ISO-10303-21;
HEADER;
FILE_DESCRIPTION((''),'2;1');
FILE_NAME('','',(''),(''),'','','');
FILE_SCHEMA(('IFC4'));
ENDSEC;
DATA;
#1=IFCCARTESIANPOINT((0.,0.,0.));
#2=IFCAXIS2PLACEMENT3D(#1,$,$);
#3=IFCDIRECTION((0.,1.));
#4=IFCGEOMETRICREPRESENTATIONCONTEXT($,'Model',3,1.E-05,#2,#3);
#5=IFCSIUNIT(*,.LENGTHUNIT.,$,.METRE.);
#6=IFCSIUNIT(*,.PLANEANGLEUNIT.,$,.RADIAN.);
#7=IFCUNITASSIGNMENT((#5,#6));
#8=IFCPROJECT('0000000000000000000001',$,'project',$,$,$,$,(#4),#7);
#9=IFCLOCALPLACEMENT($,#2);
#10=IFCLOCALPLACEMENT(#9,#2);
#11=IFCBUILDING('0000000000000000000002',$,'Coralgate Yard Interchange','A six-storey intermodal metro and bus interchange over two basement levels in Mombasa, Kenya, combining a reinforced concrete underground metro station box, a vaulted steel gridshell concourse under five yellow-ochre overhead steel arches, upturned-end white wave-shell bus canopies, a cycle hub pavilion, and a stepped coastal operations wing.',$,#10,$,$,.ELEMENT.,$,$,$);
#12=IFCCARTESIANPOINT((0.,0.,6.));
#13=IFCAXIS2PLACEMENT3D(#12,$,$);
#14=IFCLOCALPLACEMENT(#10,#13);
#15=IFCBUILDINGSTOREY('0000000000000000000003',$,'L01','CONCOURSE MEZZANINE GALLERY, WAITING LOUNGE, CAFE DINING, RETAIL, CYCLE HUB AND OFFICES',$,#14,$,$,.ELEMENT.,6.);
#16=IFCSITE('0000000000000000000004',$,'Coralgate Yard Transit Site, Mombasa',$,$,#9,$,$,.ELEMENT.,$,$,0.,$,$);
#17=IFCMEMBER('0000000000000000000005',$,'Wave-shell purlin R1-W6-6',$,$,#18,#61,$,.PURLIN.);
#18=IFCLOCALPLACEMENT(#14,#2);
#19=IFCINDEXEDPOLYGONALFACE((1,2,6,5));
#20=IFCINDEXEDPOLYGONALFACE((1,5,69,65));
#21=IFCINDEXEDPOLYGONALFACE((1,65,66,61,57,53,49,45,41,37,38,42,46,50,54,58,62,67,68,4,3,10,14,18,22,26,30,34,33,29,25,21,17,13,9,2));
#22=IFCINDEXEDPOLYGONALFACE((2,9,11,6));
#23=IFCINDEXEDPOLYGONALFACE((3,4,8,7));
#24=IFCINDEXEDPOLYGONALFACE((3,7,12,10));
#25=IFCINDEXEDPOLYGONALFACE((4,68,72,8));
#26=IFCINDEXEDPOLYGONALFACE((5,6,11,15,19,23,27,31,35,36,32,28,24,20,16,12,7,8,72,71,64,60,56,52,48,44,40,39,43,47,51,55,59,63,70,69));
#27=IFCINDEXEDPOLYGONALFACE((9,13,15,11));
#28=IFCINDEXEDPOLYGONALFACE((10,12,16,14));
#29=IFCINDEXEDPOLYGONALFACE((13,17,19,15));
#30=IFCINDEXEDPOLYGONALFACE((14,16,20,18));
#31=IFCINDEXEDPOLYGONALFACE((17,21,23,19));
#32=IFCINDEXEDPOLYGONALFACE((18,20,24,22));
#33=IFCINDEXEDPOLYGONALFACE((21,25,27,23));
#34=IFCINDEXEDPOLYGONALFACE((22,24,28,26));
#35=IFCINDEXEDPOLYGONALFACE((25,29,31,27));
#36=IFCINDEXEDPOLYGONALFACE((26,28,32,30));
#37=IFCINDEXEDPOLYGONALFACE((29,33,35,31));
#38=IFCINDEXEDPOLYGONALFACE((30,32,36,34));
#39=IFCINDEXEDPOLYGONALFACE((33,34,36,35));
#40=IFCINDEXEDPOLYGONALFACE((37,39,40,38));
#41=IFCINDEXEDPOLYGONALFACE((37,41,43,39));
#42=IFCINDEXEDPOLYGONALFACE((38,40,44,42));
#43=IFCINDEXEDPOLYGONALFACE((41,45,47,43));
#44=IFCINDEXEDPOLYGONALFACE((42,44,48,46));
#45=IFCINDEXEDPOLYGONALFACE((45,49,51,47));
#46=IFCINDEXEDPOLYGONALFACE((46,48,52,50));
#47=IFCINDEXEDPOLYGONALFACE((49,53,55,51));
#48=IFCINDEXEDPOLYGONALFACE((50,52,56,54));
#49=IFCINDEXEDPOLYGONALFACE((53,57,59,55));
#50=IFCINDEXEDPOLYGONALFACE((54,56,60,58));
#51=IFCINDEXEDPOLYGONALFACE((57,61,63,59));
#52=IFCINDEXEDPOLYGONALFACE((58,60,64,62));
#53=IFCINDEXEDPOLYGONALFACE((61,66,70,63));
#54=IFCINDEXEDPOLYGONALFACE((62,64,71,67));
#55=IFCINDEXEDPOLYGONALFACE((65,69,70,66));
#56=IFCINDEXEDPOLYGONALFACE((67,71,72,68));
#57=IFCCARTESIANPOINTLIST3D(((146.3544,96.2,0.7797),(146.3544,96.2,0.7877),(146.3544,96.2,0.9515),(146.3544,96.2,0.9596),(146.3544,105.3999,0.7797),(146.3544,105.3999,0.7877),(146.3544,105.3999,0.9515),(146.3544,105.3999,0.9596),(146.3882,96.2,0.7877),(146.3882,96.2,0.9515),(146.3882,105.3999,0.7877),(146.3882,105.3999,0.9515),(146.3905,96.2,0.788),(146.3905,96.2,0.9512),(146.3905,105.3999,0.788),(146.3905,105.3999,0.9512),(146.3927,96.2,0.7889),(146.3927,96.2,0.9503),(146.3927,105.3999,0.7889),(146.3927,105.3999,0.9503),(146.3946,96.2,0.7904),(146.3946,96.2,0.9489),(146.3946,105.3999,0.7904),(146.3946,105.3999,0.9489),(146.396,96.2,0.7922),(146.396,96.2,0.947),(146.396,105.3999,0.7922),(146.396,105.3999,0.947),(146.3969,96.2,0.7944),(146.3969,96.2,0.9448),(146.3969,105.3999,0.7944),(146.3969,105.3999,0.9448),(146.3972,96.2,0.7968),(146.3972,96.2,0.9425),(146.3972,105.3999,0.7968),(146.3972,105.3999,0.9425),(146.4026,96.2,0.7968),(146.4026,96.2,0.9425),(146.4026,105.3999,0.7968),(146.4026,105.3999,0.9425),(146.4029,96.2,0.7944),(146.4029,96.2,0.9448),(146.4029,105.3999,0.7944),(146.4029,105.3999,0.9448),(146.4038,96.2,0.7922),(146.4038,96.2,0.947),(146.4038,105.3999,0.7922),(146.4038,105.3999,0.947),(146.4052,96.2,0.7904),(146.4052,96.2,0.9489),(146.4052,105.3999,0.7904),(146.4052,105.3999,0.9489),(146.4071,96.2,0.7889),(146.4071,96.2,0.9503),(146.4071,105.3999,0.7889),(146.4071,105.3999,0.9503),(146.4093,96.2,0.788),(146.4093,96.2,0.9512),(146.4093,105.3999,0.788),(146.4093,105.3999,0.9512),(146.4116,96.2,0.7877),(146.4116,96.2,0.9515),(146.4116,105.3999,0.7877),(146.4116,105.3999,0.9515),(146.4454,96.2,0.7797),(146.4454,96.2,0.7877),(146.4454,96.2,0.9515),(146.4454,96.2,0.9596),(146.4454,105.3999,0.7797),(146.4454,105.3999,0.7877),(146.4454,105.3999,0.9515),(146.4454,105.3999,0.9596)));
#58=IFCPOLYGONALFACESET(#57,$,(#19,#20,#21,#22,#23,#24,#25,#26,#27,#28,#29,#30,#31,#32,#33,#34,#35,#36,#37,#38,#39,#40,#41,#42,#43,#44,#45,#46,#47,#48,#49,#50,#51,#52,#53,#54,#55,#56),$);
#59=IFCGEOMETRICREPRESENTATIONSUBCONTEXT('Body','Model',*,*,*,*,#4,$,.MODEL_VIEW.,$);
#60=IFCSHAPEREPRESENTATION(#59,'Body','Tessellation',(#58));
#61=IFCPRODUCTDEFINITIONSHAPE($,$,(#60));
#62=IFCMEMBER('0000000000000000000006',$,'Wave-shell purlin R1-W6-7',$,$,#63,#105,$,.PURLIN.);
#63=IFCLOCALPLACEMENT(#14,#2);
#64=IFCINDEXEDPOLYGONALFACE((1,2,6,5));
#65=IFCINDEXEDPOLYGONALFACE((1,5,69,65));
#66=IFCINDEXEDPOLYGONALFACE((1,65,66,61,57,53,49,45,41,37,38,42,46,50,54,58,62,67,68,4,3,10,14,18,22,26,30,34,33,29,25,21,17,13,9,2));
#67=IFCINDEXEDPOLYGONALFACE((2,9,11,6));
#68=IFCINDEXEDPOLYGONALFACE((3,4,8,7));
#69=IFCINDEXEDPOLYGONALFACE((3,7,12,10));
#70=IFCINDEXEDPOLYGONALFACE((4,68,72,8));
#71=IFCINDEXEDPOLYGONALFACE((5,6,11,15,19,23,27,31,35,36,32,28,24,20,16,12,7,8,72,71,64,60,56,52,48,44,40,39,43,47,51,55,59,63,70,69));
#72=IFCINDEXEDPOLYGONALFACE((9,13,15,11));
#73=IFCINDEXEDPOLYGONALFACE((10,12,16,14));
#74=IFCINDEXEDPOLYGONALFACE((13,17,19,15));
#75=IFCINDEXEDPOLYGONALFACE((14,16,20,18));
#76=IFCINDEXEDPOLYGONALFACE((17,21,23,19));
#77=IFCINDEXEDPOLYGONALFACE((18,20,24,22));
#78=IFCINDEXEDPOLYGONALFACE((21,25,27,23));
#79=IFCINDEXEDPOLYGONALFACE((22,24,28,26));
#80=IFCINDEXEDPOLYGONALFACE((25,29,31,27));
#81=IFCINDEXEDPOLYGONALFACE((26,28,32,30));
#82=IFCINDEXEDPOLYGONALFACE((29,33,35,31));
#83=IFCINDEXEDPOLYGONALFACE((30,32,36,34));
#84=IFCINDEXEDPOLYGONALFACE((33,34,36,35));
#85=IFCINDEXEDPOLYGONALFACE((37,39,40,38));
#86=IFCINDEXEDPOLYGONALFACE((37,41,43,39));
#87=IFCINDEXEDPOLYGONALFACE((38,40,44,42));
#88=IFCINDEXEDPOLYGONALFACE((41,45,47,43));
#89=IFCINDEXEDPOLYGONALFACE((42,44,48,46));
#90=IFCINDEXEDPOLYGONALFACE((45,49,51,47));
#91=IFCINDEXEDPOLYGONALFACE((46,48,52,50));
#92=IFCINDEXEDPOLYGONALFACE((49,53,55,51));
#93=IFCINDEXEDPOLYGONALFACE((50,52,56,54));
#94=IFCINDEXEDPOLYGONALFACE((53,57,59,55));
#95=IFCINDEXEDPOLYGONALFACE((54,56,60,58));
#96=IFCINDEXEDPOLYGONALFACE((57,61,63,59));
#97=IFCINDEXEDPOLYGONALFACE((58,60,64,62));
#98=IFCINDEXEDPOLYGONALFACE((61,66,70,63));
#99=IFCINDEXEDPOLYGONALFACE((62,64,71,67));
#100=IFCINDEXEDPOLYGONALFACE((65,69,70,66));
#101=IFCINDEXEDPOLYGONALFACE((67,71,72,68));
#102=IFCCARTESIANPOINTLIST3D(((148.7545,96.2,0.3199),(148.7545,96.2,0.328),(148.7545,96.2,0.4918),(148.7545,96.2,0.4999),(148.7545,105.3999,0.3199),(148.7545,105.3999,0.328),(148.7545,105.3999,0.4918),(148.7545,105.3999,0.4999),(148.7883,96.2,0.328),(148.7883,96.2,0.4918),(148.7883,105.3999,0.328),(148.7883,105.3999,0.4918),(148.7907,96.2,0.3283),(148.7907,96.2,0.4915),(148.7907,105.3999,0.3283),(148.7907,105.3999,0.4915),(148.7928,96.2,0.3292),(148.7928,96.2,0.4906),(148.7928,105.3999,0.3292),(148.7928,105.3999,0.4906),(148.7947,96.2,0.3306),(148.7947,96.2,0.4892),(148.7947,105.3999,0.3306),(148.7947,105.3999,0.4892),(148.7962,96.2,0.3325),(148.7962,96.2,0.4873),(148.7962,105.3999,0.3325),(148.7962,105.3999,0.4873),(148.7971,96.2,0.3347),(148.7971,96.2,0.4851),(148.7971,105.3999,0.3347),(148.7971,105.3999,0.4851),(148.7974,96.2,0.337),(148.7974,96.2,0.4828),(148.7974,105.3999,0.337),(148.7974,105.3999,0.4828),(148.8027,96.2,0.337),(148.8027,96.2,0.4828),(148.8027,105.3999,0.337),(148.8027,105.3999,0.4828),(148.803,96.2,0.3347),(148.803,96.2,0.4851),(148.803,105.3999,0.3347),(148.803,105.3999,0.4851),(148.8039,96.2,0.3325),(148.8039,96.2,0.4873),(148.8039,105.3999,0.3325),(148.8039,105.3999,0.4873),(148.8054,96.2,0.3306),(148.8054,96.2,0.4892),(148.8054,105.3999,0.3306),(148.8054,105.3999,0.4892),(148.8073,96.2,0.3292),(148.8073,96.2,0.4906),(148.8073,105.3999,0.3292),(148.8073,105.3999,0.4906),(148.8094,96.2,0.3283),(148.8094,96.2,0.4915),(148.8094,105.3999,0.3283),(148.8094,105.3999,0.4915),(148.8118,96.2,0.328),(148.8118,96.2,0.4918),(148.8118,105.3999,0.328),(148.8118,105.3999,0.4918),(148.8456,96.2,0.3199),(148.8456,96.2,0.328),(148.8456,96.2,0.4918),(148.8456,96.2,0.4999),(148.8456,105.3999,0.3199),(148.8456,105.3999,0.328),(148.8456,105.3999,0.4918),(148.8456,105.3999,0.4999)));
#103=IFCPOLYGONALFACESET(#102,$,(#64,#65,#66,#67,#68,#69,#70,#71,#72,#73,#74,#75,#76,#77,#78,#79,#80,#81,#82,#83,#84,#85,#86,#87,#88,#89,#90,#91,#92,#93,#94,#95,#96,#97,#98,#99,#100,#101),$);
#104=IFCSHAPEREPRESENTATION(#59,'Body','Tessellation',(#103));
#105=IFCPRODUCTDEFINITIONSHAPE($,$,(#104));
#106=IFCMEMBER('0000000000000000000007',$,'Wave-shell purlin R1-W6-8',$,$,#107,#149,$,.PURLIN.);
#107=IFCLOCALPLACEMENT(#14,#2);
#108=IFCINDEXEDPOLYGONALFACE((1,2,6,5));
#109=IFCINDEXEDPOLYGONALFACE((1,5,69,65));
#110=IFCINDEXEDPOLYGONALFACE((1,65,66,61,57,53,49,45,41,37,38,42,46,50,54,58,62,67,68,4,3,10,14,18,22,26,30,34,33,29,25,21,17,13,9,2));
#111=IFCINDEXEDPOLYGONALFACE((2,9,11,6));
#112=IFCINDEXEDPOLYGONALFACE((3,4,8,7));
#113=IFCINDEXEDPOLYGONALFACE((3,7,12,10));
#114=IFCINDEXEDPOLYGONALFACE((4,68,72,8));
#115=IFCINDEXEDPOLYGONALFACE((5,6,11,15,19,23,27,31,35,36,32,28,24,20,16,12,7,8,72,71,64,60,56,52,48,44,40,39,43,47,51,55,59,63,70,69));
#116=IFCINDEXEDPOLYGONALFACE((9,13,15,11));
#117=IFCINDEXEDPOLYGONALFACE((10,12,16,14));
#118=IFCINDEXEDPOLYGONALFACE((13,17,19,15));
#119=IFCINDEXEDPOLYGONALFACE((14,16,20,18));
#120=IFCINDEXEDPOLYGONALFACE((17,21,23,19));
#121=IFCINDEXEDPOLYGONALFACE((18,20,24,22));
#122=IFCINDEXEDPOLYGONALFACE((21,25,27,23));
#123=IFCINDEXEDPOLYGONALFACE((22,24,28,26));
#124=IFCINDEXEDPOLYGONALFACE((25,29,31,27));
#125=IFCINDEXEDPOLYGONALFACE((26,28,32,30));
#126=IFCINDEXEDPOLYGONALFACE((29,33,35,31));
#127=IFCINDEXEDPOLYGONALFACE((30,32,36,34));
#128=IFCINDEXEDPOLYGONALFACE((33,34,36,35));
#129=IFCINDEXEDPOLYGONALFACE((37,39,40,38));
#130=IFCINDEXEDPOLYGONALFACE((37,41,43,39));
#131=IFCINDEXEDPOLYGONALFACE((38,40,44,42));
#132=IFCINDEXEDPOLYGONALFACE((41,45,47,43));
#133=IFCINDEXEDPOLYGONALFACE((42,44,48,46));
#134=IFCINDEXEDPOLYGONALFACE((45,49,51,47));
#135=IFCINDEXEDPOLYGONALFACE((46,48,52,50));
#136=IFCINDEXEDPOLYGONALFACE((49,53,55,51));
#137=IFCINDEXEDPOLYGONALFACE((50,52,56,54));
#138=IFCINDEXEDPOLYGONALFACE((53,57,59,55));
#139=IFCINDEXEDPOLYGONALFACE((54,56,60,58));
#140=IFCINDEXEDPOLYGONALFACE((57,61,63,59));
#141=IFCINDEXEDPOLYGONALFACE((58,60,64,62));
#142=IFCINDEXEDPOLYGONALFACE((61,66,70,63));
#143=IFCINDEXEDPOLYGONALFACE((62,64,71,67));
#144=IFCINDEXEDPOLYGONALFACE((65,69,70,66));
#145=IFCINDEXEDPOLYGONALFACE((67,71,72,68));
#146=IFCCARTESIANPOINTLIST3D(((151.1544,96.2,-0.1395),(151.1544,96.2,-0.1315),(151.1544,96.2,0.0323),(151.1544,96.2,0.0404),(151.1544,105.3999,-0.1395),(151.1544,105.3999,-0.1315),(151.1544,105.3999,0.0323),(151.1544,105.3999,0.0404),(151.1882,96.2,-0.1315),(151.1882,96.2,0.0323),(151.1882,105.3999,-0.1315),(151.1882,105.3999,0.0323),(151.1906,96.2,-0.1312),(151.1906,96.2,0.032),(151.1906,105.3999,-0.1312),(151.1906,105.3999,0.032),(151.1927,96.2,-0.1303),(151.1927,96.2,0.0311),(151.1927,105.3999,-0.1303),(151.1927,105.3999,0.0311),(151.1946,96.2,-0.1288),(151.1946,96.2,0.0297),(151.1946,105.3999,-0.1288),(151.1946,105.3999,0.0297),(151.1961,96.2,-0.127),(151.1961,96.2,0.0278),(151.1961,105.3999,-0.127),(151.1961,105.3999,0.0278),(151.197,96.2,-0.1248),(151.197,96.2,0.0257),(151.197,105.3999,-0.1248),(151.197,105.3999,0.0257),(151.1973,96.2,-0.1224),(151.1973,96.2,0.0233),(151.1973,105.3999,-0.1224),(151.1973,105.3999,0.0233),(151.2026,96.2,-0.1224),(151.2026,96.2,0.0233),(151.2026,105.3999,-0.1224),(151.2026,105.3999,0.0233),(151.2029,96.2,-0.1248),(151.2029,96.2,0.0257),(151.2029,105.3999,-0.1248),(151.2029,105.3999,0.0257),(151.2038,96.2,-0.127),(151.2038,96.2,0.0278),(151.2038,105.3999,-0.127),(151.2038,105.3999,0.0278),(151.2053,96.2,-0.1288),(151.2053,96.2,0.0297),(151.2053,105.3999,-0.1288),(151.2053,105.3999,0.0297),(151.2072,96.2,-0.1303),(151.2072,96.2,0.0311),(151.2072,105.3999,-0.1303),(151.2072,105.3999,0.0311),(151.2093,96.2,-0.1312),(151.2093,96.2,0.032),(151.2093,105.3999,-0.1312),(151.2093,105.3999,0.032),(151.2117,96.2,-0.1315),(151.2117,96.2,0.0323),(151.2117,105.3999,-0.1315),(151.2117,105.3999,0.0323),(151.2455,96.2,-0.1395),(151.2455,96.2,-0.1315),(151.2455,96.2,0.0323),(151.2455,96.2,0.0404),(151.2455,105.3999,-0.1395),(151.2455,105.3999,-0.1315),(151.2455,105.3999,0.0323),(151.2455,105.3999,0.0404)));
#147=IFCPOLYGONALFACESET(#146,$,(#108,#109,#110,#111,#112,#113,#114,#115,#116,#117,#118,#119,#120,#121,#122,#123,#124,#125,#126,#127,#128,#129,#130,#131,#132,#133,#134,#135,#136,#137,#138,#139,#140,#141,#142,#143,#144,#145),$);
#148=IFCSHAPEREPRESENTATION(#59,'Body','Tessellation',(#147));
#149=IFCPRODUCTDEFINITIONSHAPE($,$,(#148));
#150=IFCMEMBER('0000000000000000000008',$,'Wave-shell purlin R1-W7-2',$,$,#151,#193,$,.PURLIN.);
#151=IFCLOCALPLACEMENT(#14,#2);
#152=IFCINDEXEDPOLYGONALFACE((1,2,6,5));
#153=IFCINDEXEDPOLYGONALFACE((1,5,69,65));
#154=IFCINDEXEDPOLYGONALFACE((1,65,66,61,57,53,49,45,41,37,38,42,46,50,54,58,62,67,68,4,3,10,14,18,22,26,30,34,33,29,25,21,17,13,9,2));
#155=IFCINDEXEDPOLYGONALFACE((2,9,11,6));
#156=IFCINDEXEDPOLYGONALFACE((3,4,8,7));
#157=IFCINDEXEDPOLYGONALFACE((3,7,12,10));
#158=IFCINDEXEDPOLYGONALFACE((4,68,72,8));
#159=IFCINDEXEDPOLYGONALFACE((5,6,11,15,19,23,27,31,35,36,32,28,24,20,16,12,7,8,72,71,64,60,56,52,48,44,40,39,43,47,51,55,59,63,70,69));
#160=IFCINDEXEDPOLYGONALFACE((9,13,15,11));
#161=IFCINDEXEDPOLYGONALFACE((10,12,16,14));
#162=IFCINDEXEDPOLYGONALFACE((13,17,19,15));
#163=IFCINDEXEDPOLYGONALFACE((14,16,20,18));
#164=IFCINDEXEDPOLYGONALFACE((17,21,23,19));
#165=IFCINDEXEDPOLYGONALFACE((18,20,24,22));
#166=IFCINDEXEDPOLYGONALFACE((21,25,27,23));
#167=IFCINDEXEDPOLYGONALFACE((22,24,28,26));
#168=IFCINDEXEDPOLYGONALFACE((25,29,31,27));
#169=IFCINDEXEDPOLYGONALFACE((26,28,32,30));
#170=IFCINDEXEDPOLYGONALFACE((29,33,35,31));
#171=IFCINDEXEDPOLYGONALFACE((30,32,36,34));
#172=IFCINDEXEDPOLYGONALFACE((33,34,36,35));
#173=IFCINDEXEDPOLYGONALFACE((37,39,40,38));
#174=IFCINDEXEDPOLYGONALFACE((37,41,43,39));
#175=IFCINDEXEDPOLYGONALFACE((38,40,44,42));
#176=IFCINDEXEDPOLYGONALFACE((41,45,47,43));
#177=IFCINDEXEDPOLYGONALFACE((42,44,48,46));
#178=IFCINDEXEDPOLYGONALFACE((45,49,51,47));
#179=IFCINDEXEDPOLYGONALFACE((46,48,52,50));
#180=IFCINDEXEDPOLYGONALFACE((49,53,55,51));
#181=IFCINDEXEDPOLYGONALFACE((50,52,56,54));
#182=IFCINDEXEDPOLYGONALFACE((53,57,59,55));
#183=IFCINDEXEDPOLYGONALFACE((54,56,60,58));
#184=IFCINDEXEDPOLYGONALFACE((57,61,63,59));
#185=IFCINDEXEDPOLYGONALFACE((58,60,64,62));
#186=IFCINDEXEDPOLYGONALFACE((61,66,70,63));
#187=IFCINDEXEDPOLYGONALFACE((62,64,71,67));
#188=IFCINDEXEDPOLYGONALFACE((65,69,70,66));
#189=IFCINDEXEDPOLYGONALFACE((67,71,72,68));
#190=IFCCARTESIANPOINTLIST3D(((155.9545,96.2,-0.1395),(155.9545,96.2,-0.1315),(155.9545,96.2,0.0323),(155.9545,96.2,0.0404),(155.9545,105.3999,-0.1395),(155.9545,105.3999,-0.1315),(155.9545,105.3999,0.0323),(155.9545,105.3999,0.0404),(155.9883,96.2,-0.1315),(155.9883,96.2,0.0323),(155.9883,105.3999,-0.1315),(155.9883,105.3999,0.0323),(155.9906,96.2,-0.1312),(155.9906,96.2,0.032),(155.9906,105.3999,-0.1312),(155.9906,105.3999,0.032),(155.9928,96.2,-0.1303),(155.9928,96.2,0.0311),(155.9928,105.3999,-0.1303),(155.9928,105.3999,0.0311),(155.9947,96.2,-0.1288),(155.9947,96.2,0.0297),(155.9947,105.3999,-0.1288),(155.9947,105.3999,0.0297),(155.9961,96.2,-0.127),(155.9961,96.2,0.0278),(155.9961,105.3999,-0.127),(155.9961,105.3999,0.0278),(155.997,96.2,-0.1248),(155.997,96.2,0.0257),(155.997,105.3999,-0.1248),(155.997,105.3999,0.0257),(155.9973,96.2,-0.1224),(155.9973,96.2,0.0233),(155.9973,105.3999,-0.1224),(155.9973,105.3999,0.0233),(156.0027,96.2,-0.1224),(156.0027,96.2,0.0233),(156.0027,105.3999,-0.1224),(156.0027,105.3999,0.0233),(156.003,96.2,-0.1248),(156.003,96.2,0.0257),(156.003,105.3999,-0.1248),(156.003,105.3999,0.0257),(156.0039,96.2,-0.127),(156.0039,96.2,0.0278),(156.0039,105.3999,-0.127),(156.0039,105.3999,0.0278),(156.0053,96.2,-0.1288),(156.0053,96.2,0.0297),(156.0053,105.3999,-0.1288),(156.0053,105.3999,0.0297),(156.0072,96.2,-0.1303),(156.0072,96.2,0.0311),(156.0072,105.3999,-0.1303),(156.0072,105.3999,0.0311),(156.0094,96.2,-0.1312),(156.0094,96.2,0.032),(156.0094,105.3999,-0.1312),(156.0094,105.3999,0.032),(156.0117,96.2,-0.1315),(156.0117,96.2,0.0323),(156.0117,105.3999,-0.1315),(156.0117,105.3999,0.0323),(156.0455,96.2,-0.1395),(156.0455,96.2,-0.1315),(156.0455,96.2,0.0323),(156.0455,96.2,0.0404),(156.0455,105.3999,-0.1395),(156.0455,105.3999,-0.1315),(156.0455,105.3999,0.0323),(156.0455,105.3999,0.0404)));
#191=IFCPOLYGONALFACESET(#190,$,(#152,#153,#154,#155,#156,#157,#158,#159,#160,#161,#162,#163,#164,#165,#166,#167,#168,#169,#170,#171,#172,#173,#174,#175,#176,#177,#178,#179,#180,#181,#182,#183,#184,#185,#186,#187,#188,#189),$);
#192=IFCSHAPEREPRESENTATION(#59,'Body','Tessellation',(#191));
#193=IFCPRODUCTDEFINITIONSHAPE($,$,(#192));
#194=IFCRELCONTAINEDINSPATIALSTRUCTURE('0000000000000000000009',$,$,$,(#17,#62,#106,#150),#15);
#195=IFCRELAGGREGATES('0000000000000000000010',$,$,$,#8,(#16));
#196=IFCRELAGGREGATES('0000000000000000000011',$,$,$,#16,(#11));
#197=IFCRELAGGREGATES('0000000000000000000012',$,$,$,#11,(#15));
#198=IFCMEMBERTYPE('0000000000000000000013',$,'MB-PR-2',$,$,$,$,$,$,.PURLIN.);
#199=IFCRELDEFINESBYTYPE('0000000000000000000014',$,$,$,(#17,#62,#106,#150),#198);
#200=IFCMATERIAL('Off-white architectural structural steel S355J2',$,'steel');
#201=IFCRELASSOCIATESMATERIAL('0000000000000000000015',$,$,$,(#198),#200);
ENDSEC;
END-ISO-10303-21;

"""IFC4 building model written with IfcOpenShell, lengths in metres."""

from ifc_helpers import new_model, si_unit, direction, frame, origin, origin_2d, place, context, subcontext, project, spatial, i_section, extrude, material, material_profile, profile_set, type_object, element, save


model = new_model("IFC4")

# Units and contexts
model_context = context("Model", 3, precision=1e-05, world=origin(), true_north=direction((0.0, 1.0)))
body_context = subcontext(model_context, "Body", "Model", "MODEL_VIEW")
ifc_project = project(units=[si_unit("LENGTHUNIT", "METRE"), si_unit("PLANEANGLEUNIT", "RADIAN")], contexts=[model_context])

# Site, building, storey
site_placement = place(None, origin())
site = spatial("IfcSite", under=ifc_project, at=site_placement, Name="Coralgate Yard Transit Site, Mombasa", CompositionType="ELEMENT", RefElevation=0.0)
building_placement = place(site_placement, origin())
building = spatial("IfcBuilding", under=site, at=building_placement, Name="Coralgate Yard Interchange", Description="A six-storey intermodal metro and bus interchange over two basement levels in Mombasa, Kenya, combining a reinforced concrete underground metro station box, a vaulted steel gridshell concourse under five yellow-ochre overhead steel arches, upturned-end white wave-shell bus canopies, a cycle hub pavilion, and a stepped coastal operations wing.", CompositionType="ELEMENT")
storey_placement = place(building_placement, frame((0.0, 0.0, 6.0)))
storey = spatial("IfcBuildingStorey", under=building, at=storey_placement, Name="L01", Description="CONCOURSE MEZZANINE GALLERY, WAITING LOUNGE, CAFE DINING, RETAIL, CYCLE HUB AND OFFICES", CompositionType="ELEMENT", Elevation=6.0)

# Shared definitions
ifc_material_1 = material(Name="Off-white architectural structural steel S355J2", Category="steel")

# Members
ifc_material_profile_1 = material_profile(ifc_material_1, i_section(OverallWidth=0.0911, OverallDepth=0.1799, WebThickness=0.0054, FlangeThickness=0.0081, FilletRadius=0.009, at=origin_2d()), Name="IPE 180")
ifc_profile_set_1 = profile_set([ifc_material_profile_1], Name="Off-white architectural structural steel S355J2")
member_type_1 = type_object("IfcMemberType", Name="MB-PR-2", PredefinedType="PURLIN", material=ifc_profile_set_1)
for number, where, z_axis, x_axis, name in (
    (1, (146.3999, 96.2, 0.8696), (0.0, 1.0, 0.0), (-1.0, 0.0, 0.0), "Wave-shell purlin R1-W6-6"),
    (2, (148.8, 96.2, 0.4099), (0.0, 1.0, 0.0), (-1.0, 0.0, 0.0), "Wave-shell purlin R1-W6-7"),
    (3, (151.2, 96.2, -0.0496), (0.0, 1.0, 0.0), (-1.0, 0.0, 0.0), "Wave-shell purlin R1-W6-8"),
    (4, (156.0, 96.2, -0.0496), (0.0, 1.0, 0.0), (-1.0, 0.0, 0.0), "Wave-shell purlin R1-W7-2"),
):
    element("IfcMember", number, at=place(storey_placement, frame(where, z_axis=z_axis, x_axis=x_axis)), inside=storey, type_object=member_type_1, Name=name, PredefinedType="PURLIN", context=body_context, shape_type="SweptSolid", body=[
        extrude(i_section(OverallWidth=0.0911, OverallDepth=0.1799, WebThickness=0.0054, FlangeThickness=0.0081, FilletRadius=0.009, at=origin_2d()), origin(), (0.0, 0.0, 1.0), 9.2),
    ])

save(model, "model.ifc")
